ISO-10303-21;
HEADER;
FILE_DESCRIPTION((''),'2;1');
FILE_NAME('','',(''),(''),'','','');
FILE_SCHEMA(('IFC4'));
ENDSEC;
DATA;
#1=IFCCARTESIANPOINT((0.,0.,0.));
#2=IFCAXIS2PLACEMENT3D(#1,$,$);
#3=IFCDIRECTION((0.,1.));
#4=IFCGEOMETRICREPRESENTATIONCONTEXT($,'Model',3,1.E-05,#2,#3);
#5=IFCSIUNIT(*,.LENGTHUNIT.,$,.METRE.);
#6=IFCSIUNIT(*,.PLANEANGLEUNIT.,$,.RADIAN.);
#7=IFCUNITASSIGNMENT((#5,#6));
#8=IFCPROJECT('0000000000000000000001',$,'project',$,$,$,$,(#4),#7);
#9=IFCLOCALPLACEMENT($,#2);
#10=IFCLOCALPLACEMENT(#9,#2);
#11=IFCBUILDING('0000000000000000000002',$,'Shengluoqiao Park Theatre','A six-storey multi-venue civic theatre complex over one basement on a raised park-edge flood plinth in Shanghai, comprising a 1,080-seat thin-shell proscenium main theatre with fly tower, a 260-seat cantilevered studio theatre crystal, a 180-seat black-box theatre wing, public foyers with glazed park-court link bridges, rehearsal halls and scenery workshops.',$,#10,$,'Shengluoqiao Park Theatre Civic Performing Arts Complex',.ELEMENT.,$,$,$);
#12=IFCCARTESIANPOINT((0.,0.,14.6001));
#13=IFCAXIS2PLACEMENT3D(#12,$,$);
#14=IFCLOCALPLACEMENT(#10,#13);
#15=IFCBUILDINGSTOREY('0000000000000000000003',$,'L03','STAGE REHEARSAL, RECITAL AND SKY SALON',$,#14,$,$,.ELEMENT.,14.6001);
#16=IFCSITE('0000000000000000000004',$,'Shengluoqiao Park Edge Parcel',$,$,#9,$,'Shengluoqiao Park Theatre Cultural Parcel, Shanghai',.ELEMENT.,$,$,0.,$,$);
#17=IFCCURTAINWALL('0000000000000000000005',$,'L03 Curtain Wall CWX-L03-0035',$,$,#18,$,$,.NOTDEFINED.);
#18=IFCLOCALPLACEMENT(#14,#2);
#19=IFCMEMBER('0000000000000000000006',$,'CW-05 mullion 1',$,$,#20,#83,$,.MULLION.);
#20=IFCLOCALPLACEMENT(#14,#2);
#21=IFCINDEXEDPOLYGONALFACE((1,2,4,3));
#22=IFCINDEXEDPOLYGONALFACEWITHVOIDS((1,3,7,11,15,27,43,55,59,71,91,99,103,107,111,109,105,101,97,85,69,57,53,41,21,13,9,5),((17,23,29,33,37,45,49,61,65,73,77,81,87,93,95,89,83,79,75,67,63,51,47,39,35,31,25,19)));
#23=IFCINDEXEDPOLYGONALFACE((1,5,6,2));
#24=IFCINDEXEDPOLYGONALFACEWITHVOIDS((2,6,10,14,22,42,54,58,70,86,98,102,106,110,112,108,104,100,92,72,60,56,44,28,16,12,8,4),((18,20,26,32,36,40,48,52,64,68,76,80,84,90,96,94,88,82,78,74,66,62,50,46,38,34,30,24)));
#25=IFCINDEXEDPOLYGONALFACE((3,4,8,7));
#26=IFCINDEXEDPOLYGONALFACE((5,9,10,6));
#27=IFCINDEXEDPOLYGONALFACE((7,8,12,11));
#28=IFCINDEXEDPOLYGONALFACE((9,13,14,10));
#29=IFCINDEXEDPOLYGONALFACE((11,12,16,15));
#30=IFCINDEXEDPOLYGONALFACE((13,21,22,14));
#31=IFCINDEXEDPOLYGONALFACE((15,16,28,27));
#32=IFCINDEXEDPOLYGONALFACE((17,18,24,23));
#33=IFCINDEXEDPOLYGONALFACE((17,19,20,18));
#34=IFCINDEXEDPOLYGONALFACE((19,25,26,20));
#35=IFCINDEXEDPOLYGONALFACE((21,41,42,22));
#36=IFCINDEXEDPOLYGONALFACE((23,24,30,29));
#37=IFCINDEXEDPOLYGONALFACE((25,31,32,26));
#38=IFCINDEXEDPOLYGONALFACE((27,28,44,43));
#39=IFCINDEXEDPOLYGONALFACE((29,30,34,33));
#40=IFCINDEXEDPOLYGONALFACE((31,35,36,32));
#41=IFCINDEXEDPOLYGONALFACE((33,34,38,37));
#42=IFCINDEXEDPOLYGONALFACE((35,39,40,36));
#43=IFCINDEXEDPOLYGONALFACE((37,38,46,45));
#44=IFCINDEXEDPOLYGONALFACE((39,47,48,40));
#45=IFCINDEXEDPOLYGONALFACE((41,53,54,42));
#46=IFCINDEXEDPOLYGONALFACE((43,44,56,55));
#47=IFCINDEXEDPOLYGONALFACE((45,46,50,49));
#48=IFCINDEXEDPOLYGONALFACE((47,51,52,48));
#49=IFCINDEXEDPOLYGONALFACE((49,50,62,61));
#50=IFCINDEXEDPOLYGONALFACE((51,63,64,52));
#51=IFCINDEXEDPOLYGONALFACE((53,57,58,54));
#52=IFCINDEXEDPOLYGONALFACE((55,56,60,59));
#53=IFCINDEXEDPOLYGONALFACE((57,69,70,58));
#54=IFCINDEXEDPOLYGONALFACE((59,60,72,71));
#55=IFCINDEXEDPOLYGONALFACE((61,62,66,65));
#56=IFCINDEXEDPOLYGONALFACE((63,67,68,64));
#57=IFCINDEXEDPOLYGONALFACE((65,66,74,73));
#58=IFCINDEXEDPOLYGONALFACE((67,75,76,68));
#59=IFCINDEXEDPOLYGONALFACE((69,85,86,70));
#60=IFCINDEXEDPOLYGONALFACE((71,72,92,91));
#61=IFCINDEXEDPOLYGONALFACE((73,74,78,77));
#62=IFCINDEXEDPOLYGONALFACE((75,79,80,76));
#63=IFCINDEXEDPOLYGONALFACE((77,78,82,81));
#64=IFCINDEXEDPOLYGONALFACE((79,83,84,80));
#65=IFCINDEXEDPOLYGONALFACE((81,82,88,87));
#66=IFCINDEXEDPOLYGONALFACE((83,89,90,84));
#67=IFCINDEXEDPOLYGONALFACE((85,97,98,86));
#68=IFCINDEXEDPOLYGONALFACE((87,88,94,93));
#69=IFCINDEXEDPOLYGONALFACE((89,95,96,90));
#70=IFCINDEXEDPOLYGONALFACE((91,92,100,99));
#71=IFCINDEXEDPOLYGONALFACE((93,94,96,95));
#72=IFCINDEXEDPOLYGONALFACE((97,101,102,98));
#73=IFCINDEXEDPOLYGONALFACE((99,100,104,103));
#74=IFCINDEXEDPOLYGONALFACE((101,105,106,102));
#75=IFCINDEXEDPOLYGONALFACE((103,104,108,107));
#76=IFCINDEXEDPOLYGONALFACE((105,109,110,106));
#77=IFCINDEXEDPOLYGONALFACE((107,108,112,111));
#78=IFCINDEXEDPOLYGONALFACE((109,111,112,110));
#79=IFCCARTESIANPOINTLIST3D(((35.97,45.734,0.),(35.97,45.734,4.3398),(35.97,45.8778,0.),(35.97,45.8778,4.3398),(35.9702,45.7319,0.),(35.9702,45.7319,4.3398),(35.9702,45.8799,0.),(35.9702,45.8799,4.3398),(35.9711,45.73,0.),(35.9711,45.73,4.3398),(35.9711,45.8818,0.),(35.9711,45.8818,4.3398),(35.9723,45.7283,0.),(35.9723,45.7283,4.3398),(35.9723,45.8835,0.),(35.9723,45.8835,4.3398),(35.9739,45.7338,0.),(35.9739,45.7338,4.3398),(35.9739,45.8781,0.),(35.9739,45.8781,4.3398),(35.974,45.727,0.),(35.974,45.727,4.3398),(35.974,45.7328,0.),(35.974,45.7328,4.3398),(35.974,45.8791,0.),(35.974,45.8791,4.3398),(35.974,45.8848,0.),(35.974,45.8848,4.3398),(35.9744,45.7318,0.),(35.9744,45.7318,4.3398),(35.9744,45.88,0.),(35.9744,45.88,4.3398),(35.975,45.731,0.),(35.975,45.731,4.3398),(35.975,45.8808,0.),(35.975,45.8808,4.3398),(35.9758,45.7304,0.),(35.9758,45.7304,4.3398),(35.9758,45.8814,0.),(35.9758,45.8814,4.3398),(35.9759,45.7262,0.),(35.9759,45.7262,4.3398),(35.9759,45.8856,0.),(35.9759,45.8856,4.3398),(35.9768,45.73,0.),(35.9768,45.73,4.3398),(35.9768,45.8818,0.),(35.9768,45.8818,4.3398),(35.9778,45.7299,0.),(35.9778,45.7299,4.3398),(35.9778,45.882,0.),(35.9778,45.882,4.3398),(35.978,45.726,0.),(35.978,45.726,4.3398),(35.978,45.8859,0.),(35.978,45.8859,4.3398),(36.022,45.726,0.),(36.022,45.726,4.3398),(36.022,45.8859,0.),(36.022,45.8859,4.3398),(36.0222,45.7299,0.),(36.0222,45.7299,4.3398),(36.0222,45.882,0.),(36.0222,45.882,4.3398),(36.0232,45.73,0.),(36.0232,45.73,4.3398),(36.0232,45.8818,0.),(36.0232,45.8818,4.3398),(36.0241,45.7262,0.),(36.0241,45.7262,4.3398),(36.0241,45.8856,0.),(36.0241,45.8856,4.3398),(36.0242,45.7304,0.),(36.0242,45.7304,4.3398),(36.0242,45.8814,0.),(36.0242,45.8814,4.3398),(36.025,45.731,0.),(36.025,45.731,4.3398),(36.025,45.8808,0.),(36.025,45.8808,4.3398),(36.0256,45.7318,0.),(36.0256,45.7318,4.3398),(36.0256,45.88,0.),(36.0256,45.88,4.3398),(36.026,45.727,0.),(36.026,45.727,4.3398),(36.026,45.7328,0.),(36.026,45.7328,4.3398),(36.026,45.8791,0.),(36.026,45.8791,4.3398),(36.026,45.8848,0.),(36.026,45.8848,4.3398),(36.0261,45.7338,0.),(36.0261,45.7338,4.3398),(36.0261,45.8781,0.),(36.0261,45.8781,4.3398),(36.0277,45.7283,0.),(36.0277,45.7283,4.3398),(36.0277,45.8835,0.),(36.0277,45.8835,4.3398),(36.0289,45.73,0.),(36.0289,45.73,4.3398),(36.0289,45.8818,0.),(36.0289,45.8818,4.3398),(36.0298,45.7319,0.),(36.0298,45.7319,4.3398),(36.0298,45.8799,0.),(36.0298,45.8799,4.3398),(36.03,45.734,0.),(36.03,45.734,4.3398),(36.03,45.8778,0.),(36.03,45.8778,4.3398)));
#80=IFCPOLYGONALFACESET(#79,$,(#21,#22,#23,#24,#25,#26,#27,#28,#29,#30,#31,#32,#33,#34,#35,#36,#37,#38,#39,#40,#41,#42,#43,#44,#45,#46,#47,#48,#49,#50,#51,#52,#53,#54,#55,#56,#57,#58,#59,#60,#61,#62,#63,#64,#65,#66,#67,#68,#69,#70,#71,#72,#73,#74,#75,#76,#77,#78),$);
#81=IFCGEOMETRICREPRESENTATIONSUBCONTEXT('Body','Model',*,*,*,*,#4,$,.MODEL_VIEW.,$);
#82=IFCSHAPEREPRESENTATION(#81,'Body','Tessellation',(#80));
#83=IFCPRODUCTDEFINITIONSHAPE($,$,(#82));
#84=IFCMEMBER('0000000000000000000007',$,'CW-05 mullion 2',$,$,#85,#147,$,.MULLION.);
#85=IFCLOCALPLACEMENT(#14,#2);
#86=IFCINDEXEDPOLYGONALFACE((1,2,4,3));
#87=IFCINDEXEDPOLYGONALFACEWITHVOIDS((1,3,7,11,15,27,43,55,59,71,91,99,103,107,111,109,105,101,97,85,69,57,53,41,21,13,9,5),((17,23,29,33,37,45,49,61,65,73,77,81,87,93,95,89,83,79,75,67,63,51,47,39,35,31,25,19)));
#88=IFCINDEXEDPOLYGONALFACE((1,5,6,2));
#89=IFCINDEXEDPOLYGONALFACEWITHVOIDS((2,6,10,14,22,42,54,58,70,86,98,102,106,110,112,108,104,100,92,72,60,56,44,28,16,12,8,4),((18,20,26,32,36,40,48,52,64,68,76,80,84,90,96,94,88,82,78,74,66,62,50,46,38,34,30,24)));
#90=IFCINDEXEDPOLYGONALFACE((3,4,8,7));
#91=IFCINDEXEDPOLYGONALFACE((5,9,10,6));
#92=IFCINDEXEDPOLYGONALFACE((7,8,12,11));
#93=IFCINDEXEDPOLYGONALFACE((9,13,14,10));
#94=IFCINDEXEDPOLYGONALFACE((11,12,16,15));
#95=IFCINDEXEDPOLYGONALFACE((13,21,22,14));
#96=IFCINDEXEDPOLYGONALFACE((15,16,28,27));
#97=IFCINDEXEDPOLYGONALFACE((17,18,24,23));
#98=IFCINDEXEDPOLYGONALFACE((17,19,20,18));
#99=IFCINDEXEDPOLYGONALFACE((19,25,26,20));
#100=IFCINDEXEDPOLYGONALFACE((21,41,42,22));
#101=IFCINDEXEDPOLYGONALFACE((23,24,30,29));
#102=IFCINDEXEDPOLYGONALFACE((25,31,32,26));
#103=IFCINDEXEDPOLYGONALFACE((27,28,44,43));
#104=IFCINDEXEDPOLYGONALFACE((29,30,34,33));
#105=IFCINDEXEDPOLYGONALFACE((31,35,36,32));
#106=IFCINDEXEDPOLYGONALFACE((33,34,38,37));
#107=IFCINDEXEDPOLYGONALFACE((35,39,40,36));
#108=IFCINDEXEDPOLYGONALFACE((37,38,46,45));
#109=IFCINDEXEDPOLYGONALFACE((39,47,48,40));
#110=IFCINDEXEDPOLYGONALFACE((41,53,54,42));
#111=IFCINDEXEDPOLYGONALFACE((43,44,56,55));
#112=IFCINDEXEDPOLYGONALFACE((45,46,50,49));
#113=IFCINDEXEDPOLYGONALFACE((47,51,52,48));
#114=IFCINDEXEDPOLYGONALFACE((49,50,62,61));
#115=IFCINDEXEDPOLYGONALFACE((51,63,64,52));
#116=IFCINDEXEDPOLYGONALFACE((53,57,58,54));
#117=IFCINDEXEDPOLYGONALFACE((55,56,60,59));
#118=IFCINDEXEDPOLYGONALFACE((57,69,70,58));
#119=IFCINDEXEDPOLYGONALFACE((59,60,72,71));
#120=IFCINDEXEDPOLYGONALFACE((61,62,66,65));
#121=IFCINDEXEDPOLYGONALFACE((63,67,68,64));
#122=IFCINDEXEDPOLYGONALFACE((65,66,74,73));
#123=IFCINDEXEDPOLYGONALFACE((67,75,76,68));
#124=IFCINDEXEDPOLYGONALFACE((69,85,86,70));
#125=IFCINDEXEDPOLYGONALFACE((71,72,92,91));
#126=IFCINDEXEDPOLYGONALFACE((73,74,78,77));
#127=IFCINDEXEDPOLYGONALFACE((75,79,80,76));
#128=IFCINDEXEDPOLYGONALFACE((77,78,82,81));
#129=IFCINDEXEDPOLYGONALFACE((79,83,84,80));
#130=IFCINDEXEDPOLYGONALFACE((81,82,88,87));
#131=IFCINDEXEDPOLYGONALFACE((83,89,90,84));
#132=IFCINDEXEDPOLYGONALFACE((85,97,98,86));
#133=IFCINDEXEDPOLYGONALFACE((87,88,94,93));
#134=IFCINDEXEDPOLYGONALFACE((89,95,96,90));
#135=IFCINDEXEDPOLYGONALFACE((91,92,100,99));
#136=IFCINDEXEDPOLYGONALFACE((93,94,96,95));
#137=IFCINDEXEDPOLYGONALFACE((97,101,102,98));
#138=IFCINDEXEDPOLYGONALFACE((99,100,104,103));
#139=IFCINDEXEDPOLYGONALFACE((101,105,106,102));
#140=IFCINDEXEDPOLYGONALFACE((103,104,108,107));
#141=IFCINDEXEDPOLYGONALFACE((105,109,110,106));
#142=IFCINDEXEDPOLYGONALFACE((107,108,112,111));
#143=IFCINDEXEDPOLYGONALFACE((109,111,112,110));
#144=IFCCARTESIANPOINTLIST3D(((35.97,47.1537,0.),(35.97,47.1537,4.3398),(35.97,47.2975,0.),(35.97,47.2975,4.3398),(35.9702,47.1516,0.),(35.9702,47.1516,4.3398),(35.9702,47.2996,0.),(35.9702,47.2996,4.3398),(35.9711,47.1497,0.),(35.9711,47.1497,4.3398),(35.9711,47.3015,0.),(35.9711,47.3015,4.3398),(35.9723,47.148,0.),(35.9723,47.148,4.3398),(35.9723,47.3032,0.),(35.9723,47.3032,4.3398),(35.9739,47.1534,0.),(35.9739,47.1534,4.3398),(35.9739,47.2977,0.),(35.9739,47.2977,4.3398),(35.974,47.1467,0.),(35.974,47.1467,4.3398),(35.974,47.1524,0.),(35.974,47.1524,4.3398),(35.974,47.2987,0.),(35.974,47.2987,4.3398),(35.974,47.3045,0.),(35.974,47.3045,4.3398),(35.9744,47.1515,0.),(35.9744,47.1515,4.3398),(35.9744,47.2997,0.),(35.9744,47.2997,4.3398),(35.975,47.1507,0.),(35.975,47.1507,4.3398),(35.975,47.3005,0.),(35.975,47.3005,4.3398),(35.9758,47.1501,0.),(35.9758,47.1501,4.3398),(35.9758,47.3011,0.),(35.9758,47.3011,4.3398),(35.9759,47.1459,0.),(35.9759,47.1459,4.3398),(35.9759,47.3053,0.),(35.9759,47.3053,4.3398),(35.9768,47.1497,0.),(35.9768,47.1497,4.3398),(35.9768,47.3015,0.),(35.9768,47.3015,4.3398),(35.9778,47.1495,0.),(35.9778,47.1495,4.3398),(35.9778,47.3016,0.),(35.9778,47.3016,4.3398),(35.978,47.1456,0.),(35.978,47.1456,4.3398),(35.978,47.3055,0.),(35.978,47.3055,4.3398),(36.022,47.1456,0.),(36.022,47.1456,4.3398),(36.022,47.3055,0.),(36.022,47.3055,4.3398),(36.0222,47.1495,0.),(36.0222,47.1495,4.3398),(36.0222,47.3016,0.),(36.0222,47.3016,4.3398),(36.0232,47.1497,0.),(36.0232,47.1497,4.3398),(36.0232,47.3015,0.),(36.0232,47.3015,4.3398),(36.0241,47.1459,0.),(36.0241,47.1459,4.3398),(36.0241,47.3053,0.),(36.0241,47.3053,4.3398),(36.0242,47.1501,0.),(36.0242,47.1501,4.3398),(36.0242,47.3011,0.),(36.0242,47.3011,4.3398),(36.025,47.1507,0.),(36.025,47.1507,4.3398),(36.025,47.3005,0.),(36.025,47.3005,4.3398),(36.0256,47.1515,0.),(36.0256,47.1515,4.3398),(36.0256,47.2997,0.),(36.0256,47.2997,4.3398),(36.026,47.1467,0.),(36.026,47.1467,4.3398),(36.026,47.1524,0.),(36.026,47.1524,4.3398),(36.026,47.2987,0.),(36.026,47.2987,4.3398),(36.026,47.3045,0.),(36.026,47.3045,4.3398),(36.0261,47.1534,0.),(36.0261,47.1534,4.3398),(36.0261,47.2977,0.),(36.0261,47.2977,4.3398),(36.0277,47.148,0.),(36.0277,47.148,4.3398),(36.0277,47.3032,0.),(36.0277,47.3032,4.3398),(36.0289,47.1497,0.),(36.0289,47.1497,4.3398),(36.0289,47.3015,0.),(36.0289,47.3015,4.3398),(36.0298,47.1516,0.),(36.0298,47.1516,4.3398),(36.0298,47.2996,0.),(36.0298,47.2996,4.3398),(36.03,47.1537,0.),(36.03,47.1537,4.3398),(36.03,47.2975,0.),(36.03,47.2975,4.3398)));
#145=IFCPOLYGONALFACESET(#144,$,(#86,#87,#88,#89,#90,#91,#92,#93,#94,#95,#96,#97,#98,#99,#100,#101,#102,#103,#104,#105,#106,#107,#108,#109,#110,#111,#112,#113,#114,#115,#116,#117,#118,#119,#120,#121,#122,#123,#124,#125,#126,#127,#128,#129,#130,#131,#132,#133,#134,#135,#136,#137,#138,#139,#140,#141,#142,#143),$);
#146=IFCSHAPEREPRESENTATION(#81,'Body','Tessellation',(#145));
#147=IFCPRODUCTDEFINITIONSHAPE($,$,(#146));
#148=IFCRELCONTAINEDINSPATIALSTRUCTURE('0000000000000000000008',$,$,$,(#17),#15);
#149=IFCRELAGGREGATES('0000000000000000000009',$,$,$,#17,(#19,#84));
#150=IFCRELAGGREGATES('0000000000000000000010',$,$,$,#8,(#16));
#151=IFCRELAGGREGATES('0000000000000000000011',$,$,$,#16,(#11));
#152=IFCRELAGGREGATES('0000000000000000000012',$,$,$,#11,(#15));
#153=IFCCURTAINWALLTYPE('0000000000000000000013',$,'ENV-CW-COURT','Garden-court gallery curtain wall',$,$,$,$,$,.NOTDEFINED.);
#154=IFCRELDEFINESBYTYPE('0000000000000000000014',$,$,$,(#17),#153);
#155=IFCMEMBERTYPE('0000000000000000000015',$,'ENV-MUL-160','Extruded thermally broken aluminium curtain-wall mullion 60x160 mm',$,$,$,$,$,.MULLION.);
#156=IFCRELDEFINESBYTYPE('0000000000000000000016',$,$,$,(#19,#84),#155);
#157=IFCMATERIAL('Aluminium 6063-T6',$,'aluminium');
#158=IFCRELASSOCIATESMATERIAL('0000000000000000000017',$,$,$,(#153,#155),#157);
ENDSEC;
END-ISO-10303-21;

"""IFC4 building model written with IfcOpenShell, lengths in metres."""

from ifc_helpers import new_model, si_unit, direction, frame, origin, origin_2d, place, context, subcontext, project, spatial, hollow_rectangle, extrude, material, material_profile, profile_set, type_object, element, aggregate, save


model = new_model("IFC4")

# Units and contexts
model_context = context("Model", 3, precision=1e-05, world=origin(), true_north=direction((0.0, 1.0)))
body_context = subcontext(model_context, "Body", "Model", "MODEL_VIEW")
ifc_project = project(units=[si_unit("LENGTHUNIT", "METRE"), si_unit("PLANEANGLEUNIT", "RADIAN")], contexts=[model_context])

# Site, building, storey
site_placement = place(None, origin())
site = spatial("IfcSite", under=ifc_project, at=site_placement, Name="Shengluoqiao Park Edge Parcel", LongName="Shengluoqiao Park Theatre Cultural Parcel, Shanghai", CompositionType="ELEMENT", RefElevation=0.0)
building_placement = place(site_placement, origin())
building = spatial("IfcBuilding", under=site, at=building_placement, Name="Shengluoqiao Park Theatre", Description="A six-storey multi-venue civic theatre complex over one basement on a raised park-edge flood plinth in Shanghai, comprising a 1,080-seat thin-shell proscenium main theatre with fly tower, a 260-seat cantilevered studio theatre crystal, a 180-seat black-box theatre wing, public foyers with glazed park-court link bridges, rehearsal halls and scenery workshops.", LongName="Shengluoqiao Park Theatre Civic Performing Arts Complex", CompositionType="ELEMENT")
storey_placement = place(building_placement, frame((0.0, 0.0, 14.6001)))
storey = spatial("IfcBuildingStorey", under=building, at=storey_placement, Name="L03", Description="STAGE REHEARSAL, RECITAL AND SKY SALON", CompositionType="ELEMENT", Elevation=14.6001)

# Curtain wall, members
ifc_material_1 = material(Name="Aluminium 6063-T6", Category="aluminium")
curtain_wall_type = type_object("IfcCurtainWallType", Name="ENV-CW-COURT", Description="Garden-court gallery curtain wall", PredefinedType="NOTDEFINED", material=ifc_material_1)
curtain_wall_placement = place(storey_placement, origin())
curtain_wall = element("IfcCurtainWall", 1, at=curtain_wall_placement, inside=storey, type_object=curtain_wall_type, Name="L03 Curtain Wall CWX-L03-0035", PredefinedType="NOTDEFINED")
ifc_material_profile_1 = material_profile(ifc_material_1, hollow_rectangle(XDim=0.0601, YDim=0.1599, WallThickness=0.0039, InnerFilletRadius=0.0039, OuterFilletRadius=0.0081, at=origin_2d()), Name="ALU MULLION 160x60x4")
ifc_profile_set_1 = profile_set([ifc_material_profile_1], Name="Aluminium 6063-T6")
member_type_1 = type_object("IfcMemberType", Name="ENV-MUL-160", Description="Extruded thermally broken aluminium curtain-wall mullion 60x160 mm", PredefinedType="MULLION", material=ifc_profile_set_1)
member_1_placement = place(storey_placement, frame((36.0, 45.8059, 0.0), z_axis=(0.0, 0.0, 1.0), x_axis=(-1.0, 0.0, 0.0)))
member_1 = element("IfcMember", 2, at=member_1_placement, type_object=member_type_1, Name="CW-05 mullion 1", PredefinedType="MULLION", context=body_context, shape_type="SweptSolid", body=[
    extrude(hollow_rectangle(XDim=0.0601, YDim=0.1599, WallThickness=0.0039, InnerFilletRadius=0.0039, OuterFilletRadius=0.0081, at=origin_2d()), origin(), (0.0, 0.0, 1.0), 4.3398),
])
member_2_placement = place(storey_placement, frame((36.0, 47.2256, 0.0), z_axis=(0.0, 0.0, 1.0), x_axis=(-1.0, 0.0, 0.0)))
member_2 = element("IfcMember", 3, at=member_2_placement, type_object=member_type_1, Name="CW-05 mullion 2", PredefinedType="MULLION", context=body_context, shape_type="SweptSolid", body=[
    extrude(hollow_rectangle(XDim=0.0601, YDim=0.1599, WallThickness=0.0039, InnerFilletRadius=0.0039, OuterFilletRadius=0.0081, at=origin_2d()), origin(), (0.0, 0.0, 1.0), 4.3398),
])

aggregate(curtain_wall, [member_1, member_2])

save(model, "model.ifc")
